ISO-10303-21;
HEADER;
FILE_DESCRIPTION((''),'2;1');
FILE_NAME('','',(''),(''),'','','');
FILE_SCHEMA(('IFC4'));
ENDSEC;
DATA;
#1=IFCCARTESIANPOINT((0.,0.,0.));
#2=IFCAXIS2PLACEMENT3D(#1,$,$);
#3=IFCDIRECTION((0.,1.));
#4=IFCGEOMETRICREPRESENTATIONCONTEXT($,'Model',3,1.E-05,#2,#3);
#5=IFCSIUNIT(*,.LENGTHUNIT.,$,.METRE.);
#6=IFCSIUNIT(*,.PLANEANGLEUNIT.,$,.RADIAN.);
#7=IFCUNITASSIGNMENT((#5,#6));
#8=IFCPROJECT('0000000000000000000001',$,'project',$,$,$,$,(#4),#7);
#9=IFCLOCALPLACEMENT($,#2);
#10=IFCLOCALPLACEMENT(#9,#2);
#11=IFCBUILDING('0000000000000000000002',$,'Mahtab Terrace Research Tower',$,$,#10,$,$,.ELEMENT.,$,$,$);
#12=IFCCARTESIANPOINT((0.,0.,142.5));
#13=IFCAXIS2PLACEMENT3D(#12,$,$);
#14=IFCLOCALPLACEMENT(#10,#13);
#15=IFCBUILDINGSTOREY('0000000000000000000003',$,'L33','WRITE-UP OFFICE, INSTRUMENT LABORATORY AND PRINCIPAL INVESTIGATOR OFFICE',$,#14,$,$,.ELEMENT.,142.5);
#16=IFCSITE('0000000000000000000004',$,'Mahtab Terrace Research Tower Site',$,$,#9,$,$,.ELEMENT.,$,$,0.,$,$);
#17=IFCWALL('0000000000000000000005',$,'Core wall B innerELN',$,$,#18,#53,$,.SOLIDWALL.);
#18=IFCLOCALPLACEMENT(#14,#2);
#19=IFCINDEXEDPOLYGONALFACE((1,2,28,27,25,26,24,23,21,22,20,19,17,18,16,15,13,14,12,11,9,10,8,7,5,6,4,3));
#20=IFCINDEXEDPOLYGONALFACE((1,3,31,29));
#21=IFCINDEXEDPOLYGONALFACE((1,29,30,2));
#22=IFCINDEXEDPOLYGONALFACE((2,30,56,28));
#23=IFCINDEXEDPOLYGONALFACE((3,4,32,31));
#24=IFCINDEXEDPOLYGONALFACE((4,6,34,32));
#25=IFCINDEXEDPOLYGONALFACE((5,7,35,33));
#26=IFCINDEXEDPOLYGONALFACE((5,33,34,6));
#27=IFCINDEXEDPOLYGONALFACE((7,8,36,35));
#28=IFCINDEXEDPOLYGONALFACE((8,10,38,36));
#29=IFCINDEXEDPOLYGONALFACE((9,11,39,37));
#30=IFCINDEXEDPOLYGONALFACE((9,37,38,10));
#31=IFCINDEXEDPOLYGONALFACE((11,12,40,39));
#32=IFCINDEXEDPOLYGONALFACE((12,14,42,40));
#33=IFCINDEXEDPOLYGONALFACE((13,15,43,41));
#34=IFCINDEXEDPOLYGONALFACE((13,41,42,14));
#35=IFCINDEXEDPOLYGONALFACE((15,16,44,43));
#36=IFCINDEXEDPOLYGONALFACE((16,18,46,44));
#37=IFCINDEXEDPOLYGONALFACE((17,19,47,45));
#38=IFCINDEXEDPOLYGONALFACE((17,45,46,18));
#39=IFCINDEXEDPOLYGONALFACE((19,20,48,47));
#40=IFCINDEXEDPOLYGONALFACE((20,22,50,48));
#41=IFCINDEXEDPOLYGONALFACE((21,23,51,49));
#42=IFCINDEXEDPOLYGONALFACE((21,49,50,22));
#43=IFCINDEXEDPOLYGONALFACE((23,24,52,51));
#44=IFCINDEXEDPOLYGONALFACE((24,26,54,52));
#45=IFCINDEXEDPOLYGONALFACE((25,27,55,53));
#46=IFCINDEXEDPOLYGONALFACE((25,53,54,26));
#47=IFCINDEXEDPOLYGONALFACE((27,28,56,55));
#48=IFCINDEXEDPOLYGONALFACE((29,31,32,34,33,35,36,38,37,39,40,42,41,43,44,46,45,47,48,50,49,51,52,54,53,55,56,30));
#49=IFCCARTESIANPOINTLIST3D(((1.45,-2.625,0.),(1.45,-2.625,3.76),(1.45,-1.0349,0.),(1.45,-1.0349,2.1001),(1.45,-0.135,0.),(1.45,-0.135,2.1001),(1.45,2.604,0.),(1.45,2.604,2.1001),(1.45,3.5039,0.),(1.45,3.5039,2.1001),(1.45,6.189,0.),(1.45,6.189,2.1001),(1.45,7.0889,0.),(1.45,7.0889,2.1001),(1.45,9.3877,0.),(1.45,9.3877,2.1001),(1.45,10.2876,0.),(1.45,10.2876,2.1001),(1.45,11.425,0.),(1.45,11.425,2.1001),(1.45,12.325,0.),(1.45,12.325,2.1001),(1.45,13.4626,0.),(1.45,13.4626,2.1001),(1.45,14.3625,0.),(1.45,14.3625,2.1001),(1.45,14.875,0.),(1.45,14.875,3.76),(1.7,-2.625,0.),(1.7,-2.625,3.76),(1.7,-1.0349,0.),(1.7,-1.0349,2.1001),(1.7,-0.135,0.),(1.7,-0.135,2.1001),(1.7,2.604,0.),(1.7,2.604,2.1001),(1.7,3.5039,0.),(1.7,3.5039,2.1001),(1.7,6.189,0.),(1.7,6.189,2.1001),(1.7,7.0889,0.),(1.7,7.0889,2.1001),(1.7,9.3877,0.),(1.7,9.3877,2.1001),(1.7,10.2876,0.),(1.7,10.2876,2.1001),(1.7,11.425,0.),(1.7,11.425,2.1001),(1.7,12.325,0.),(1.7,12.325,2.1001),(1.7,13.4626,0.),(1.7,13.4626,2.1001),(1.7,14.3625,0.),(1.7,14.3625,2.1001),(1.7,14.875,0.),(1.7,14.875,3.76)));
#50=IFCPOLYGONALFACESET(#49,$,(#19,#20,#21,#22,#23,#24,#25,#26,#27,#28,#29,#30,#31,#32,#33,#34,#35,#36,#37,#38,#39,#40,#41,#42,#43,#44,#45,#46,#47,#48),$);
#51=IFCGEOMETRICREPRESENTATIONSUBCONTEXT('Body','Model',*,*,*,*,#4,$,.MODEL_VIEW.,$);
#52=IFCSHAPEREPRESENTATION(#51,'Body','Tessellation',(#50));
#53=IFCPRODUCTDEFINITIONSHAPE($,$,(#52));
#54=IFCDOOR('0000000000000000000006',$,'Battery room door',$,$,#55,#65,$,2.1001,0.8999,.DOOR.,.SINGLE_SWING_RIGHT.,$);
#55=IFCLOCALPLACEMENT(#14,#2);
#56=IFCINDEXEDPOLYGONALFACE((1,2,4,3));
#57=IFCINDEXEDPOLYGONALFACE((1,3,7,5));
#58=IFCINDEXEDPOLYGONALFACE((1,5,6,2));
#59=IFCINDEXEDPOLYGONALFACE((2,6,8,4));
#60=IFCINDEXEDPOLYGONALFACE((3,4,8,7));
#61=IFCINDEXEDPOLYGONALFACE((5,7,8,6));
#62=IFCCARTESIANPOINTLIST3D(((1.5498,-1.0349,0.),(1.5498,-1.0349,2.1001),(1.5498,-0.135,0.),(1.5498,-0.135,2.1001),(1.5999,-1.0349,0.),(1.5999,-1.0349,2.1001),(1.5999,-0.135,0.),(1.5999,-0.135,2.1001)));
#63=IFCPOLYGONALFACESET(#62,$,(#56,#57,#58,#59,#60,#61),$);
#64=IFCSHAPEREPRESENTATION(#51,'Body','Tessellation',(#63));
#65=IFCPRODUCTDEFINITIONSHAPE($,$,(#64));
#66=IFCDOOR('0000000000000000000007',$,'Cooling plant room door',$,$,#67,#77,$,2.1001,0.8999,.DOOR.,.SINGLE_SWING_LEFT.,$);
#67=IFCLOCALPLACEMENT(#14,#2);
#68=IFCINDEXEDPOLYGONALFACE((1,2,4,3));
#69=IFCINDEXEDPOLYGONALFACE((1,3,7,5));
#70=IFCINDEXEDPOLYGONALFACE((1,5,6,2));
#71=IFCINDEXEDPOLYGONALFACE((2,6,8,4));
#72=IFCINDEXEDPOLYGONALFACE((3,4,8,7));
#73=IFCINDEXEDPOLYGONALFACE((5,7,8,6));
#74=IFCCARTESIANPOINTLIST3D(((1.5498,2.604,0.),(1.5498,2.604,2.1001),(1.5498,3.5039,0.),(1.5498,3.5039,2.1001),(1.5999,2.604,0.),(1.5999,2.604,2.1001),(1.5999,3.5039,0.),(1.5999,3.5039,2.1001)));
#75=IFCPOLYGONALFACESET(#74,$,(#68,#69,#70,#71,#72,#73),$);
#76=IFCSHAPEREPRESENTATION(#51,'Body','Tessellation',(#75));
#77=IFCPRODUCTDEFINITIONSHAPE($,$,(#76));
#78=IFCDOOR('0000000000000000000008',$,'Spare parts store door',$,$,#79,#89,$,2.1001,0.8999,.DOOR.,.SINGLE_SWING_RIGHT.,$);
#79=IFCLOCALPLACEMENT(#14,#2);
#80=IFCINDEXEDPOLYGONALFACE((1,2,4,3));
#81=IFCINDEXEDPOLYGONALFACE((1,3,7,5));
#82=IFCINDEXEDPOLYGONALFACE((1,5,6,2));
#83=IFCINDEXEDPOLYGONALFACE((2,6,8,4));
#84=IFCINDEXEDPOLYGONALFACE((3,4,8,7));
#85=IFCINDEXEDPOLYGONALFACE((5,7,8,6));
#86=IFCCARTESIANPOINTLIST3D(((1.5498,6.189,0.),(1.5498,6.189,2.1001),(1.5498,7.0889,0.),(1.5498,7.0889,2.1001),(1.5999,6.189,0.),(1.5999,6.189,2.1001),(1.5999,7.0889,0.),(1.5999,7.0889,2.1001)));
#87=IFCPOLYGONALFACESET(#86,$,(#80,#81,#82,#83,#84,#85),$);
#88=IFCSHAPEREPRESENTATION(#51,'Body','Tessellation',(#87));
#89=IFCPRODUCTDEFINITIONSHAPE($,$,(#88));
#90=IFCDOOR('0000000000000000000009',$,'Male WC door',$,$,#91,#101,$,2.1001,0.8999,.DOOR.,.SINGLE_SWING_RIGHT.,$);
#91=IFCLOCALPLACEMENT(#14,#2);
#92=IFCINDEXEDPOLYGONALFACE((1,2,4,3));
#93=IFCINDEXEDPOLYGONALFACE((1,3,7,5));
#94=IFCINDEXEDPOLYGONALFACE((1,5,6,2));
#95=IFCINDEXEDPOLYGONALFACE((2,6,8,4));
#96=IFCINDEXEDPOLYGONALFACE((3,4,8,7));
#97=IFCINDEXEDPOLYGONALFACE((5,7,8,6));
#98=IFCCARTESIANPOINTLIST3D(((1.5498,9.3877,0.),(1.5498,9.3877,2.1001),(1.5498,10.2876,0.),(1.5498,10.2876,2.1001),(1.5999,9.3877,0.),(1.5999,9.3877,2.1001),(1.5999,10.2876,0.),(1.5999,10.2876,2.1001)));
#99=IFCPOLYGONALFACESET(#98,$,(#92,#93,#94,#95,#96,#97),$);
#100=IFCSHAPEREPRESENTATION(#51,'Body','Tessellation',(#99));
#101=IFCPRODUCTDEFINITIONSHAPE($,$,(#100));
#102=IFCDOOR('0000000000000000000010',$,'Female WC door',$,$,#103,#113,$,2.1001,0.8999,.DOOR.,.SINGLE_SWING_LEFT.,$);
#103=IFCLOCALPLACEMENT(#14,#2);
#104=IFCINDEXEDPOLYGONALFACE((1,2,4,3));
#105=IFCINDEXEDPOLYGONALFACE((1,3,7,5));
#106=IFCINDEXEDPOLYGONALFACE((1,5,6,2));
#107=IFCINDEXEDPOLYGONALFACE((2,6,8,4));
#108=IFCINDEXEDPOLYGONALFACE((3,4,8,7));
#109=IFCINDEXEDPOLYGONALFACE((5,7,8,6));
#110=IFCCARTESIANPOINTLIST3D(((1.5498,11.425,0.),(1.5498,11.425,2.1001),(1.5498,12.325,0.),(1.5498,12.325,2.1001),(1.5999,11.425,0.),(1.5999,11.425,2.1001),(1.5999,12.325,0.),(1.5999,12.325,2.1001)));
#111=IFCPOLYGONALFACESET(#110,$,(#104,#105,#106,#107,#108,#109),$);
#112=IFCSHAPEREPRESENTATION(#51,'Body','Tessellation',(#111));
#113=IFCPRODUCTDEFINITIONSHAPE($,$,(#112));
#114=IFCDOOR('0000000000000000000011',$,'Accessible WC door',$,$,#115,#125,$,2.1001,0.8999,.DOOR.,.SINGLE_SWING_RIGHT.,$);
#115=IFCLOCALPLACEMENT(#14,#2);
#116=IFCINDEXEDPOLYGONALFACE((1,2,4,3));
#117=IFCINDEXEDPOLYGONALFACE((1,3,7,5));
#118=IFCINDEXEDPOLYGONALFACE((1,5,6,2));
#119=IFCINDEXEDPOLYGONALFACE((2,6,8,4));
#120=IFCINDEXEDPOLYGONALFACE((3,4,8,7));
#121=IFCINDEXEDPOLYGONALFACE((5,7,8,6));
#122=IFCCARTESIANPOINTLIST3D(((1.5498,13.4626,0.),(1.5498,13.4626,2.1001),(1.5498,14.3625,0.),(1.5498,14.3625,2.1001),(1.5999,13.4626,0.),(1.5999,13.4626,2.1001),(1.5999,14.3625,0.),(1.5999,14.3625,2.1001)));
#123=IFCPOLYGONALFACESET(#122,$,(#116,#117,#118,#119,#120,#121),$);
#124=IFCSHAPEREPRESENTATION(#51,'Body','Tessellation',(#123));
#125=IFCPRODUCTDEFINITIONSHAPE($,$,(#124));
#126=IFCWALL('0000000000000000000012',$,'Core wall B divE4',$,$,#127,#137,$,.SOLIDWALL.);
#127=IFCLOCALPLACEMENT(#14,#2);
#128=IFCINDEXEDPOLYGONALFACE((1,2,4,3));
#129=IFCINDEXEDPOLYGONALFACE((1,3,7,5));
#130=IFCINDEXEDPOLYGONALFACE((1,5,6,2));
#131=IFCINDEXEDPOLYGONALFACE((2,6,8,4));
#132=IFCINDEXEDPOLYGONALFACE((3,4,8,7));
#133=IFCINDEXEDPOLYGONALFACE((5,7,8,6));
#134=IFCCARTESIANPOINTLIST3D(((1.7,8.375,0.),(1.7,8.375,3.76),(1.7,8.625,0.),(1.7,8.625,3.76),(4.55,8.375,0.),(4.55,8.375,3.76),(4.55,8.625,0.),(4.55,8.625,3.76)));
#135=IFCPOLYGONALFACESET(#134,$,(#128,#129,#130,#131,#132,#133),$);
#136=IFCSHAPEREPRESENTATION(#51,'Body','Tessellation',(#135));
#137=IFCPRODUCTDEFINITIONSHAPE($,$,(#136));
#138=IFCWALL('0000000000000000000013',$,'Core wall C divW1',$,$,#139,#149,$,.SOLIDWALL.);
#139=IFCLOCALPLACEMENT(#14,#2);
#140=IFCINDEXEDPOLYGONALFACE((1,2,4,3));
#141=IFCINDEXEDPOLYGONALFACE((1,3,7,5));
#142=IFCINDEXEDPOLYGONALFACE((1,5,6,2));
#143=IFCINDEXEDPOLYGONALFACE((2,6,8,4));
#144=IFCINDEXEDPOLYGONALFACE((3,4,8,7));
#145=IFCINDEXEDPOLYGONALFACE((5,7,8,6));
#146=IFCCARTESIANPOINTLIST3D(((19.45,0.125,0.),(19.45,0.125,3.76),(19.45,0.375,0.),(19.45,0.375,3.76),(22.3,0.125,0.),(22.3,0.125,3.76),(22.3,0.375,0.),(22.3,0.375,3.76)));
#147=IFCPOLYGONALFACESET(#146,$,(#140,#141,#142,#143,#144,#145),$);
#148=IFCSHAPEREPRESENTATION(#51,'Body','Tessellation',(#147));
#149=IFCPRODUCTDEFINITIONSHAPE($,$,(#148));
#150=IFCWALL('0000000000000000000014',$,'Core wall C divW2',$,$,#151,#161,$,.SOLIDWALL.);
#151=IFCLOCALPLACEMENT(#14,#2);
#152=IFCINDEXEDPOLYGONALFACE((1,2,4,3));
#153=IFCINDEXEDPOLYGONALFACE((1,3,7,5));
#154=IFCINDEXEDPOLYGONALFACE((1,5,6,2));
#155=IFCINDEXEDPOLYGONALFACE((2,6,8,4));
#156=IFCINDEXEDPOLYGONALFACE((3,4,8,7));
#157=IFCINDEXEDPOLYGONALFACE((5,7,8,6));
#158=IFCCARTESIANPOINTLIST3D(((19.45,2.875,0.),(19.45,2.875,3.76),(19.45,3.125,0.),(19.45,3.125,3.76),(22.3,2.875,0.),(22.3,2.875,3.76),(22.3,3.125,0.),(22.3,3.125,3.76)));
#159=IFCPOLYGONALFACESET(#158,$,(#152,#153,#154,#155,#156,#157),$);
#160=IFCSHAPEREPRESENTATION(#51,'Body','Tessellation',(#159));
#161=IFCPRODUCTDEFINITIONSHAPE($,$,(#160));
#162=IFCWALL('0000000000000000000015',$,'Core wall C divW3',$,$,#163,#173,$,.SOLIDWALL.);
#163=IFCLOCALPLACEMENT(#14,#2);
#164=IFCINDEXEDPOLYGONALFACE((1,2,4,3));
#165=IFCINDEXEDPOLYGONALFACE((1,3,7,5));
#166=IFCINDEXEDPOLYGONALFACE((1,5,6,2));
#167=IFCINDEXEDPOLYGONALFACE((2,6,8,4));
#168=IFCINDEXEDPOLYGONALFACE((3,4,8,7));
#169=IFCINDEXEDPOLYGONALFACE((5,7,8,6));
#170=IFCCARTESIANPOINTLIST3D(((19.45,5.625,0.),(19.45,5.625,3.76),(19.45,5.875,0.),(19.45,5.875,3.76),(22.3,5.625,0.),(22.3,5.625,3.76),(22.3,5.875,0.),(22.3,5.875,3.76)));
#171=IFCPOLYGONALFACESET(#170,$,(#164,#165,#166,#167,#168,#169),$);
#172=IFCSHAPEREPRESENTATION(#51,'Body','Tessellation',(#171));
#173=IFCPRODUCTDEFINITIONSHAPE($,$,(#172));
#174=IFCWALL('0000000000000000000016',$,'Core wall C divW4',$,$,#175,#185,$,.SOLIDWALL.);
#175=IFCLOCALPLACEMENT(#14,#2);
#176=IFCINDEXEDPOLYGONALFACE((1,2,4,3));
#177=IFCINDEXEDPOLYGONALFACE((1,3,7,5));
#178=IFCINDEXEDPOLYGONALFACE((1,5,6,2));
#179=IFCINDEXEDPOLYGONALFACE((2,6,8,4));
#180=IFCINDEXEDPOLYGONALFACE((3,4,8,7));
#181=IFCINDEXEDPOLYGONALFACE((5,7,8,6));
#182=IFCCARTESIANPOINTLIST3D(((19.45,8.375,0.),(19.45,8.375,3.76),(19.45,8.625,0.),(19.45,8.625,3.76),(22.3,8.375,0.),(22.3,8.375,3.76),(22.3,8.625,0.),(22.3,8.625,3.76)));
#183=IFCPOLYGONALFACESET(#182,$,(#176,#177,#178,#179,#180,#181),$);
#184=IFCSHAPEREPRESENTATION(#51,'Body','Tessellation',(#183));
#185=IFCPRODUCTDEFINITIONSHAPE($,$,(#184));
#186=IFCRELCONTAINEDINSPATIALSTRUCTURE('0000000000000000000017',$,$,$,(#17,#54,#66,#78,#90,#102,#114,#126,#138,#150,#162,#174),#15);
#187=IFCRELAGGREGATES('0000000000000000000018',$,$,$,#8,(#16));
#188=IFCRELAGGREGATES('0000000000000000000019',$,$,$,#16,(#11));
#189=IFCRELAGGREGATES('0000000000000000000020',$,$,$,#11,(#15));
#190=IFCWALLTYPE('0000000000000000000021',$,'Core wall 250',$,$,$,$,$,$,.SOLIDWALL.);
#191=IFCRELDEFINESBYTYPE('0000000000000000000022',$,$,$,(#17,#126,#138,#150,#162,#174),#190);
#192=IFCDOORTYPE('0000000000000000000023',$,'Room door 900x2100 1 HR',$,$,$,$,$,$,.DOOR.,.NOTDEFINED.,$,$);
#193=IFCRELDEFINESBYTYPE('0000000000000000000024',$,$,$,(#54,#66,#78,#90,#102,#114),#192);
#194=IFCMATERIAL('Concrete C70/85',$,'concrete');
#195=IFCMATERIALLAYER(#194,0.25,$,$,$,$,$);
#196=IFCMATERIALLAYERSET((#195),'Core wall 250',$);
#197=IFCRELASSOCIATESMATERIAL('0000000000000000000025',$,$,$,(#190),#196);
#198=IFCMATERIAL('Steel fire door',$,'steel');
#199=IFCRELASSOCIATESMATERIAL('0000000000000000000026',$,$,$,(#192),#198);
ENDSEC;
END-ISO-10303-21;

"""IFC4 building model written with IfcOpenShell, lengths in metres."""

from ifc_helpers import new_model, si_unit, direction, frame, frame_2d, origin, place, context, subcontext, project, spatial, rectangle, extrude, material, layer, layer_set, type_object, element, fill, save


model = new_model("IFC4")

# Units and contexts
model_context = context("Model", 3, precision=1e-05, world=origin(), true_north=direction((0.0, 1.0)))
body_context = subcontext(model_context, "Body", "Model", "MODEL_VIEW")
ifc_project = project(units=[si_unit("LENGTHUNIT", "METRE"), si_unit("PLANEANGLEUNIT", "RADIAN")], contexts=[model_context])

# Site, building, storey
site_placement = place(None, origin())
site = spatial("IfcSite", under=ifc_project, at=site_placement, Name="Mahtab Terrace Research Tower Site", CompositionType="ELEMENT", RefElevation=0.0)
building_placement = place(site_placement, origin())
building = spatial("IfcBuilding", under=site, at=building_placement, Name="Mahtab Terrace Research Tower", CompositionType="ELEMENT")
storey_placement = place(building_placement, frame((0.0, 0.0, 142.5)))
storey = spatial("IfcBuildingStorey", under=building, at=storey_placement, Name="L33", Description="WRITE-UP OFFICE, INSTRUMENT LABORATORY AND PRINCIPAL INVESTIGATOR OFFICE", CompositionType="ELEMENT", Elevation=142.5)

# Shared definitions
ifc_material_1 = material(Name="Concrete C70/85", Category="concrete")

# Wall, openings, doors
ifc_layer_1 = layer(ifc_material_1, 0.25)
ifc_layer_set_1 = layer_set([ifc_layer_1], Name="Core wall 250")
wall_type_1 = type_object("IfcWallType", Name="Core wall 250", PredefinedType="SOLIDWALL", material=ifc_layer_set_1)
wall_1_placement = place(storey_placement, frame((1.575, 14.875, 0.0), z_axis=(0.0, 0.0, 1.0), x_axis=(0.0, -1.0, 0.0)))
wall_1 = element("IfcWall", 1, at=wall_1_placement, inside=storey, type_object=wall_type_1, Name="Core wall B innerELN", PredefinedType="SOLIDWALL", context=body_context, shape_type="SweptSolid", body=[
    extrude(rectangle(XDim=17.5, YDim=0.25, at=frame_2d((8.75, 0.0))), origin(), (0.0, 0.0, 1.0), 3.76),
])
opening_1_placement = place(wall_1_placement, frame((15.01, 0.0, 0.0)))
opening_1 = element("IfcOpeningElement", 2, at=opening_1_placement, cuts=wall_1, PredefinedType="OPENING", context=body_context, shape_type="SweptSolid", body=[
    extrude(rectangle(XDim=0.8999, YDim=2.1001, at=frame_2d((0.45, 1.05))), frame((0.0, 0.135, 0.0), z_axis=(0.0, -1.0, 0.0), x_axis=(1.0, 0.0, 0.0)), (0.0, 0.0, 1.0), 0.27),
])
opening_2_placement = place(wall_1_placement, frame((11.3711, 0.0, 0.0)))
opening_2 = element("IfcOpeningElement", 3, at=opening_2_placement, cuts=wall_1, PredefinedType="OPENING", context=body_context, shape_type="SweptSolid", body=[
    extrude(rectangle(XDim=0.8999, YDim=2.1001, at=frame_2d((0.45, 1.05))), frame((0.0, 0.135, 0.0), z_axis=(0.0, -1.0, 0.0), x_axis=(1.0, 0.0, 0.0)), (0.0, 0.0, 1.0), 0.27),
])
opening_3_placement = place(wall_1_placement, frame((7.7861, 0.0, 0.0)))
opening_3 = element("IfcOpeningElement", 4, at=opening_3_placement, cuts=wall_1, PredefinedType="OPENING", context=body_context, shape_type="SweptSolid", body=[
    extrude(rectangle(XDim=0.8999, YDim=2.1001, at=frame_2d((0.45, 1.05))), frame((0.0, 0.135, 0.0), z_axis=(0.0, -1.0, 0.0), x_axis=(1.0, 0.0, 0.0)), (0.0, 0.0, 1.0), 0.27),
])
opening_4_placement = place(wall_1_placement, frame((4.5874, 0.0, 0.0)))
opening_4 = element("IfcOpeningElement", 5, at=opening_4_placement, cuts=wall_1, PredefinedType="OPENING", context=body_context, shape_type="SweptSolid", body=[
    extrude(rectangle(XDim=0.8999, YDim=2.1001, at=frame_2d((0.45, 1.05))), frame((0.0, 0.135, 0.0), z_axis=(0.0, -1.0, 0.0), x_axis=(1.0, 0.0, 0.0)), (0.0, 0.0, 1.0), 0.27),
])
opening_5_placement = place(wall_1_placement, frame((2.55, 0.0, 0.0)))
opening_5 = element("IfcOpeningElement", 6, at=opening_5_placement, cuts=wall_1, PredefinedType="OPENING", context=body_context, shape_type="SweptSolid", body=[
    extrude(rectangle(XDim=0.8999, YDim=2.1001, at=frame_2d((0.45, 1.05))), frame((0.0, 0.135, 0.0), z_axis=(0.0, -1.0, 0.0), x_axis=(1.0, 0.0, 0.0)), (0.0, 0.0, 1.0), 0.27),
])
opening_6_placement = place(wall_1_placement, frame((0.5125, 0.0, 0.0)))
opening_6 = element("IfcOpeningElement", 7, at=opening_6_placement, cuts=wall_1, PredefinedType="OPENING", context=body_context, shape_type="SweptSolid", body=[
    extrude(rectangle(XDim=0.8999, YDim=2.1001, at=frame_2d((0.45, 1.05))), frame((0.0, 0.135, 0.0), z_axis=(0.0, -1.0, 0.0), x_axis=(1.0, 0.0, 0.0)), (0.0, 0.0, 1.0), 0.27),
])
ifc_material_2 = material(Name="Steel fire door", Category="steel")
door_type = type_object("IfcDoorType", Name="Room door 900x2100 1 HR", OperationType="NOTDEFINED", PredefinedType="DOOR", material=ifc_material_2)
door_1_placement = place(opening_1_placement, origin())
door_1 = element("IfcDoor", 8, at=door_1_placement, inside=storey, type_object=door_type, Name="Battery room door", OperationType="SINGLE_SWING_RIGHT", OverallHeight=2.1001, OverallWidth=0.8999, PredefinedType="DOOR", context=body_context, shape_type="SweptSolid", body=[
    extrude(rectangle(XDim=0.8999, YDim=2.1001, at=frame_2d((0.45, 1.05))), frame((0.0, 0.0249, 0.0), z_axis=(0.0, -1.0, 0.0), x_axis=(1.0, 0.0, 0.0)), (0.0, 0.0, 1.0), 0.05),
])
fill(opening_1, door_1)
door_2_placement = place(opening_2_placement, origin())
door_2 = element("IfcDoor", 9, at=door_2_placement, inside=storey, type_object=door_type, Name="Cooling plant room door", OperationType="SINGLE_SWING_LEFT", OverallHeight=2.1001, OverallWidth=0.8999, PredefinedType="DOOR", context=body_context, shape_type="SweptSolid", body=[
    extrude(rectangle(XDim=0.8999, YDim=2.1001, at=frame_2d((0.45, 1.05))), frame((0.0, 0.0249, 0.0), z_axis=(0.0, -1.0, 0.0), x_axis=(1.0, 0.0, 0.0)), (0.0, 0.0, 1.0), 0.05),
])
fill(opening_2, door_2)
door_3_placement = place(opening_3_placement, origin())
door_3 = element("IfcDoor", 10, at=door_3_placement, inside=storey, type_object=door_type, Name="Spare parts store door", OperationType="SINGLE_SWING_RIGHT", OverallHeight=2.1001, OverallWidth=0.8999, PredefinedType="DOOR", context=body_context, shape_type="SweptSolid", body=[
    extrude(rectangle(XDim=0.8999, YDim=2.1001, at=frame_2d((0.45, 1.05))), frame((0.0, 0.0249, 0.0), z_axis=(0.0, -1.0, 0.0), x_axis=(1.0, 0.0, 0.0)), (0.0, 0.0, 1.0), 0.05),
])
fill(opening_3, door_3)
door_4_placement = place(opening_4_placement, origin())
door_4 = element("IfcDoor", 11, at=door_4_placement, inside=storey, type_object=door_type, Name="Male WC door", OperationType="SINGLE_SWING_RIGHT", OverallHeight=2.1001, OverallWidth=0.8999, PredefinedType="DOOR", context=body_context, shape_type="SweptSolid", body=[
    extrude(rectangle(XDim=0.8999, YDim=2.1001, at=frame_2d((0.45, 1.05))), frame((0.0, 0.0249, 0.0), z_axis=(0.0, -1.0, 0.0), x_axis=(1.0, 0.0, 0.0)), (0.0, 0.0, 1.0), 0.05),
])
fill(opening_4, door_4)
door_5_placement = place(opening_5_placement, origin())
door_5 = element("IfcDoor", 12, at=door_5_placement, inside=storey, type_object=door_type, Name="Female WC door", OperationType="SINGLE_SWING_LEFT", OverallHeight=2.1001, OverallWidth=0.8999, PredefinedType="DOOR", context=body_context, shape_type="SweptSolid", body=[
    extrude(rectangle(XDim=0.8999, YDim=2.1001, at=frame_2d((0.45, 1.05))), frame((0.0, 0.0249, 0.0), z_axis=(0.0, -1.0, 0.0), x_axis=(1.0, 0.0, 0.0)), (0.0, 0.0, 1.0), 0.05),
])
fill(opening_5, door_5)
door_6_placement = place(opening_6_placement, origin())
door_6 = element("IfcDoor", 13, at=door_6_placement, inside=storey, type_object=door_type, Name="Accessible WC door", OperationType="SINGLE_SWING_RIGHT", OverallHeight=2.1001, OverallWidth=0.8999, PredefinedType="DOOR", context=body_context, shape_type="SweptSolid", body=[
    extrude(rectangle(XDim=0.8999, YDim=2.1001, at=frame_2d((0.45, 1.05))), frame((0.0, 0.0249, 0.0), z_axis=(0.0, -1.0, 0.0), x_axis=(1.0, 0.0, 0.0)), (0.0, 0.0, 1.0), 0.05),
])
fill(opening_6, door_6)

# Walls
for number, where, z_axis, x_axis, name in (
    (14, (1.7, 8.5, 0.0), (0.0, 0.0, 1.0), (1.0, 0.0, 0.0), "Core wall B divE4"),
    (15, (19.45, 0.25, 0.0), (0.0, 0.0, 1.0), (1.0, 0.0, 0.0), "Core wall C divW1"),
    (16, (19.45, 3.0, 0.0), (0.0, 0.0, 1.0), (1.0, 0.0, 0.0), "Core wall C divW2"),
    (17, (19.45, 5.75, 0.0), (0.0, 0.0, 1.0), (1.0, 0.0, 0.0), "Core wall C divW3"),
    (18, (19.45, 8.5, 0.0), (0.0, 0.0, 1.0), (1.0, 0.0, 0.0), "Core wall C divW4"),
):
    element("IfcWall", number, at=place(storey_placement, frame(where, z_axis=z_axis, x_axis=x_axis)), inside=storey, type_object=wall_type_1, Name=name, PredefinedType="SOLIDWALL", context=body_context, shape_type="SweptSolid", body=[
        extrude(rectangle(XDim=2.8501, YDim=0.25, at=frame_2d((1.425, 0.0))), origin(), (0.0, 0.0, 1.0), 3.76),
    ])

save(model, "model.ifc")
